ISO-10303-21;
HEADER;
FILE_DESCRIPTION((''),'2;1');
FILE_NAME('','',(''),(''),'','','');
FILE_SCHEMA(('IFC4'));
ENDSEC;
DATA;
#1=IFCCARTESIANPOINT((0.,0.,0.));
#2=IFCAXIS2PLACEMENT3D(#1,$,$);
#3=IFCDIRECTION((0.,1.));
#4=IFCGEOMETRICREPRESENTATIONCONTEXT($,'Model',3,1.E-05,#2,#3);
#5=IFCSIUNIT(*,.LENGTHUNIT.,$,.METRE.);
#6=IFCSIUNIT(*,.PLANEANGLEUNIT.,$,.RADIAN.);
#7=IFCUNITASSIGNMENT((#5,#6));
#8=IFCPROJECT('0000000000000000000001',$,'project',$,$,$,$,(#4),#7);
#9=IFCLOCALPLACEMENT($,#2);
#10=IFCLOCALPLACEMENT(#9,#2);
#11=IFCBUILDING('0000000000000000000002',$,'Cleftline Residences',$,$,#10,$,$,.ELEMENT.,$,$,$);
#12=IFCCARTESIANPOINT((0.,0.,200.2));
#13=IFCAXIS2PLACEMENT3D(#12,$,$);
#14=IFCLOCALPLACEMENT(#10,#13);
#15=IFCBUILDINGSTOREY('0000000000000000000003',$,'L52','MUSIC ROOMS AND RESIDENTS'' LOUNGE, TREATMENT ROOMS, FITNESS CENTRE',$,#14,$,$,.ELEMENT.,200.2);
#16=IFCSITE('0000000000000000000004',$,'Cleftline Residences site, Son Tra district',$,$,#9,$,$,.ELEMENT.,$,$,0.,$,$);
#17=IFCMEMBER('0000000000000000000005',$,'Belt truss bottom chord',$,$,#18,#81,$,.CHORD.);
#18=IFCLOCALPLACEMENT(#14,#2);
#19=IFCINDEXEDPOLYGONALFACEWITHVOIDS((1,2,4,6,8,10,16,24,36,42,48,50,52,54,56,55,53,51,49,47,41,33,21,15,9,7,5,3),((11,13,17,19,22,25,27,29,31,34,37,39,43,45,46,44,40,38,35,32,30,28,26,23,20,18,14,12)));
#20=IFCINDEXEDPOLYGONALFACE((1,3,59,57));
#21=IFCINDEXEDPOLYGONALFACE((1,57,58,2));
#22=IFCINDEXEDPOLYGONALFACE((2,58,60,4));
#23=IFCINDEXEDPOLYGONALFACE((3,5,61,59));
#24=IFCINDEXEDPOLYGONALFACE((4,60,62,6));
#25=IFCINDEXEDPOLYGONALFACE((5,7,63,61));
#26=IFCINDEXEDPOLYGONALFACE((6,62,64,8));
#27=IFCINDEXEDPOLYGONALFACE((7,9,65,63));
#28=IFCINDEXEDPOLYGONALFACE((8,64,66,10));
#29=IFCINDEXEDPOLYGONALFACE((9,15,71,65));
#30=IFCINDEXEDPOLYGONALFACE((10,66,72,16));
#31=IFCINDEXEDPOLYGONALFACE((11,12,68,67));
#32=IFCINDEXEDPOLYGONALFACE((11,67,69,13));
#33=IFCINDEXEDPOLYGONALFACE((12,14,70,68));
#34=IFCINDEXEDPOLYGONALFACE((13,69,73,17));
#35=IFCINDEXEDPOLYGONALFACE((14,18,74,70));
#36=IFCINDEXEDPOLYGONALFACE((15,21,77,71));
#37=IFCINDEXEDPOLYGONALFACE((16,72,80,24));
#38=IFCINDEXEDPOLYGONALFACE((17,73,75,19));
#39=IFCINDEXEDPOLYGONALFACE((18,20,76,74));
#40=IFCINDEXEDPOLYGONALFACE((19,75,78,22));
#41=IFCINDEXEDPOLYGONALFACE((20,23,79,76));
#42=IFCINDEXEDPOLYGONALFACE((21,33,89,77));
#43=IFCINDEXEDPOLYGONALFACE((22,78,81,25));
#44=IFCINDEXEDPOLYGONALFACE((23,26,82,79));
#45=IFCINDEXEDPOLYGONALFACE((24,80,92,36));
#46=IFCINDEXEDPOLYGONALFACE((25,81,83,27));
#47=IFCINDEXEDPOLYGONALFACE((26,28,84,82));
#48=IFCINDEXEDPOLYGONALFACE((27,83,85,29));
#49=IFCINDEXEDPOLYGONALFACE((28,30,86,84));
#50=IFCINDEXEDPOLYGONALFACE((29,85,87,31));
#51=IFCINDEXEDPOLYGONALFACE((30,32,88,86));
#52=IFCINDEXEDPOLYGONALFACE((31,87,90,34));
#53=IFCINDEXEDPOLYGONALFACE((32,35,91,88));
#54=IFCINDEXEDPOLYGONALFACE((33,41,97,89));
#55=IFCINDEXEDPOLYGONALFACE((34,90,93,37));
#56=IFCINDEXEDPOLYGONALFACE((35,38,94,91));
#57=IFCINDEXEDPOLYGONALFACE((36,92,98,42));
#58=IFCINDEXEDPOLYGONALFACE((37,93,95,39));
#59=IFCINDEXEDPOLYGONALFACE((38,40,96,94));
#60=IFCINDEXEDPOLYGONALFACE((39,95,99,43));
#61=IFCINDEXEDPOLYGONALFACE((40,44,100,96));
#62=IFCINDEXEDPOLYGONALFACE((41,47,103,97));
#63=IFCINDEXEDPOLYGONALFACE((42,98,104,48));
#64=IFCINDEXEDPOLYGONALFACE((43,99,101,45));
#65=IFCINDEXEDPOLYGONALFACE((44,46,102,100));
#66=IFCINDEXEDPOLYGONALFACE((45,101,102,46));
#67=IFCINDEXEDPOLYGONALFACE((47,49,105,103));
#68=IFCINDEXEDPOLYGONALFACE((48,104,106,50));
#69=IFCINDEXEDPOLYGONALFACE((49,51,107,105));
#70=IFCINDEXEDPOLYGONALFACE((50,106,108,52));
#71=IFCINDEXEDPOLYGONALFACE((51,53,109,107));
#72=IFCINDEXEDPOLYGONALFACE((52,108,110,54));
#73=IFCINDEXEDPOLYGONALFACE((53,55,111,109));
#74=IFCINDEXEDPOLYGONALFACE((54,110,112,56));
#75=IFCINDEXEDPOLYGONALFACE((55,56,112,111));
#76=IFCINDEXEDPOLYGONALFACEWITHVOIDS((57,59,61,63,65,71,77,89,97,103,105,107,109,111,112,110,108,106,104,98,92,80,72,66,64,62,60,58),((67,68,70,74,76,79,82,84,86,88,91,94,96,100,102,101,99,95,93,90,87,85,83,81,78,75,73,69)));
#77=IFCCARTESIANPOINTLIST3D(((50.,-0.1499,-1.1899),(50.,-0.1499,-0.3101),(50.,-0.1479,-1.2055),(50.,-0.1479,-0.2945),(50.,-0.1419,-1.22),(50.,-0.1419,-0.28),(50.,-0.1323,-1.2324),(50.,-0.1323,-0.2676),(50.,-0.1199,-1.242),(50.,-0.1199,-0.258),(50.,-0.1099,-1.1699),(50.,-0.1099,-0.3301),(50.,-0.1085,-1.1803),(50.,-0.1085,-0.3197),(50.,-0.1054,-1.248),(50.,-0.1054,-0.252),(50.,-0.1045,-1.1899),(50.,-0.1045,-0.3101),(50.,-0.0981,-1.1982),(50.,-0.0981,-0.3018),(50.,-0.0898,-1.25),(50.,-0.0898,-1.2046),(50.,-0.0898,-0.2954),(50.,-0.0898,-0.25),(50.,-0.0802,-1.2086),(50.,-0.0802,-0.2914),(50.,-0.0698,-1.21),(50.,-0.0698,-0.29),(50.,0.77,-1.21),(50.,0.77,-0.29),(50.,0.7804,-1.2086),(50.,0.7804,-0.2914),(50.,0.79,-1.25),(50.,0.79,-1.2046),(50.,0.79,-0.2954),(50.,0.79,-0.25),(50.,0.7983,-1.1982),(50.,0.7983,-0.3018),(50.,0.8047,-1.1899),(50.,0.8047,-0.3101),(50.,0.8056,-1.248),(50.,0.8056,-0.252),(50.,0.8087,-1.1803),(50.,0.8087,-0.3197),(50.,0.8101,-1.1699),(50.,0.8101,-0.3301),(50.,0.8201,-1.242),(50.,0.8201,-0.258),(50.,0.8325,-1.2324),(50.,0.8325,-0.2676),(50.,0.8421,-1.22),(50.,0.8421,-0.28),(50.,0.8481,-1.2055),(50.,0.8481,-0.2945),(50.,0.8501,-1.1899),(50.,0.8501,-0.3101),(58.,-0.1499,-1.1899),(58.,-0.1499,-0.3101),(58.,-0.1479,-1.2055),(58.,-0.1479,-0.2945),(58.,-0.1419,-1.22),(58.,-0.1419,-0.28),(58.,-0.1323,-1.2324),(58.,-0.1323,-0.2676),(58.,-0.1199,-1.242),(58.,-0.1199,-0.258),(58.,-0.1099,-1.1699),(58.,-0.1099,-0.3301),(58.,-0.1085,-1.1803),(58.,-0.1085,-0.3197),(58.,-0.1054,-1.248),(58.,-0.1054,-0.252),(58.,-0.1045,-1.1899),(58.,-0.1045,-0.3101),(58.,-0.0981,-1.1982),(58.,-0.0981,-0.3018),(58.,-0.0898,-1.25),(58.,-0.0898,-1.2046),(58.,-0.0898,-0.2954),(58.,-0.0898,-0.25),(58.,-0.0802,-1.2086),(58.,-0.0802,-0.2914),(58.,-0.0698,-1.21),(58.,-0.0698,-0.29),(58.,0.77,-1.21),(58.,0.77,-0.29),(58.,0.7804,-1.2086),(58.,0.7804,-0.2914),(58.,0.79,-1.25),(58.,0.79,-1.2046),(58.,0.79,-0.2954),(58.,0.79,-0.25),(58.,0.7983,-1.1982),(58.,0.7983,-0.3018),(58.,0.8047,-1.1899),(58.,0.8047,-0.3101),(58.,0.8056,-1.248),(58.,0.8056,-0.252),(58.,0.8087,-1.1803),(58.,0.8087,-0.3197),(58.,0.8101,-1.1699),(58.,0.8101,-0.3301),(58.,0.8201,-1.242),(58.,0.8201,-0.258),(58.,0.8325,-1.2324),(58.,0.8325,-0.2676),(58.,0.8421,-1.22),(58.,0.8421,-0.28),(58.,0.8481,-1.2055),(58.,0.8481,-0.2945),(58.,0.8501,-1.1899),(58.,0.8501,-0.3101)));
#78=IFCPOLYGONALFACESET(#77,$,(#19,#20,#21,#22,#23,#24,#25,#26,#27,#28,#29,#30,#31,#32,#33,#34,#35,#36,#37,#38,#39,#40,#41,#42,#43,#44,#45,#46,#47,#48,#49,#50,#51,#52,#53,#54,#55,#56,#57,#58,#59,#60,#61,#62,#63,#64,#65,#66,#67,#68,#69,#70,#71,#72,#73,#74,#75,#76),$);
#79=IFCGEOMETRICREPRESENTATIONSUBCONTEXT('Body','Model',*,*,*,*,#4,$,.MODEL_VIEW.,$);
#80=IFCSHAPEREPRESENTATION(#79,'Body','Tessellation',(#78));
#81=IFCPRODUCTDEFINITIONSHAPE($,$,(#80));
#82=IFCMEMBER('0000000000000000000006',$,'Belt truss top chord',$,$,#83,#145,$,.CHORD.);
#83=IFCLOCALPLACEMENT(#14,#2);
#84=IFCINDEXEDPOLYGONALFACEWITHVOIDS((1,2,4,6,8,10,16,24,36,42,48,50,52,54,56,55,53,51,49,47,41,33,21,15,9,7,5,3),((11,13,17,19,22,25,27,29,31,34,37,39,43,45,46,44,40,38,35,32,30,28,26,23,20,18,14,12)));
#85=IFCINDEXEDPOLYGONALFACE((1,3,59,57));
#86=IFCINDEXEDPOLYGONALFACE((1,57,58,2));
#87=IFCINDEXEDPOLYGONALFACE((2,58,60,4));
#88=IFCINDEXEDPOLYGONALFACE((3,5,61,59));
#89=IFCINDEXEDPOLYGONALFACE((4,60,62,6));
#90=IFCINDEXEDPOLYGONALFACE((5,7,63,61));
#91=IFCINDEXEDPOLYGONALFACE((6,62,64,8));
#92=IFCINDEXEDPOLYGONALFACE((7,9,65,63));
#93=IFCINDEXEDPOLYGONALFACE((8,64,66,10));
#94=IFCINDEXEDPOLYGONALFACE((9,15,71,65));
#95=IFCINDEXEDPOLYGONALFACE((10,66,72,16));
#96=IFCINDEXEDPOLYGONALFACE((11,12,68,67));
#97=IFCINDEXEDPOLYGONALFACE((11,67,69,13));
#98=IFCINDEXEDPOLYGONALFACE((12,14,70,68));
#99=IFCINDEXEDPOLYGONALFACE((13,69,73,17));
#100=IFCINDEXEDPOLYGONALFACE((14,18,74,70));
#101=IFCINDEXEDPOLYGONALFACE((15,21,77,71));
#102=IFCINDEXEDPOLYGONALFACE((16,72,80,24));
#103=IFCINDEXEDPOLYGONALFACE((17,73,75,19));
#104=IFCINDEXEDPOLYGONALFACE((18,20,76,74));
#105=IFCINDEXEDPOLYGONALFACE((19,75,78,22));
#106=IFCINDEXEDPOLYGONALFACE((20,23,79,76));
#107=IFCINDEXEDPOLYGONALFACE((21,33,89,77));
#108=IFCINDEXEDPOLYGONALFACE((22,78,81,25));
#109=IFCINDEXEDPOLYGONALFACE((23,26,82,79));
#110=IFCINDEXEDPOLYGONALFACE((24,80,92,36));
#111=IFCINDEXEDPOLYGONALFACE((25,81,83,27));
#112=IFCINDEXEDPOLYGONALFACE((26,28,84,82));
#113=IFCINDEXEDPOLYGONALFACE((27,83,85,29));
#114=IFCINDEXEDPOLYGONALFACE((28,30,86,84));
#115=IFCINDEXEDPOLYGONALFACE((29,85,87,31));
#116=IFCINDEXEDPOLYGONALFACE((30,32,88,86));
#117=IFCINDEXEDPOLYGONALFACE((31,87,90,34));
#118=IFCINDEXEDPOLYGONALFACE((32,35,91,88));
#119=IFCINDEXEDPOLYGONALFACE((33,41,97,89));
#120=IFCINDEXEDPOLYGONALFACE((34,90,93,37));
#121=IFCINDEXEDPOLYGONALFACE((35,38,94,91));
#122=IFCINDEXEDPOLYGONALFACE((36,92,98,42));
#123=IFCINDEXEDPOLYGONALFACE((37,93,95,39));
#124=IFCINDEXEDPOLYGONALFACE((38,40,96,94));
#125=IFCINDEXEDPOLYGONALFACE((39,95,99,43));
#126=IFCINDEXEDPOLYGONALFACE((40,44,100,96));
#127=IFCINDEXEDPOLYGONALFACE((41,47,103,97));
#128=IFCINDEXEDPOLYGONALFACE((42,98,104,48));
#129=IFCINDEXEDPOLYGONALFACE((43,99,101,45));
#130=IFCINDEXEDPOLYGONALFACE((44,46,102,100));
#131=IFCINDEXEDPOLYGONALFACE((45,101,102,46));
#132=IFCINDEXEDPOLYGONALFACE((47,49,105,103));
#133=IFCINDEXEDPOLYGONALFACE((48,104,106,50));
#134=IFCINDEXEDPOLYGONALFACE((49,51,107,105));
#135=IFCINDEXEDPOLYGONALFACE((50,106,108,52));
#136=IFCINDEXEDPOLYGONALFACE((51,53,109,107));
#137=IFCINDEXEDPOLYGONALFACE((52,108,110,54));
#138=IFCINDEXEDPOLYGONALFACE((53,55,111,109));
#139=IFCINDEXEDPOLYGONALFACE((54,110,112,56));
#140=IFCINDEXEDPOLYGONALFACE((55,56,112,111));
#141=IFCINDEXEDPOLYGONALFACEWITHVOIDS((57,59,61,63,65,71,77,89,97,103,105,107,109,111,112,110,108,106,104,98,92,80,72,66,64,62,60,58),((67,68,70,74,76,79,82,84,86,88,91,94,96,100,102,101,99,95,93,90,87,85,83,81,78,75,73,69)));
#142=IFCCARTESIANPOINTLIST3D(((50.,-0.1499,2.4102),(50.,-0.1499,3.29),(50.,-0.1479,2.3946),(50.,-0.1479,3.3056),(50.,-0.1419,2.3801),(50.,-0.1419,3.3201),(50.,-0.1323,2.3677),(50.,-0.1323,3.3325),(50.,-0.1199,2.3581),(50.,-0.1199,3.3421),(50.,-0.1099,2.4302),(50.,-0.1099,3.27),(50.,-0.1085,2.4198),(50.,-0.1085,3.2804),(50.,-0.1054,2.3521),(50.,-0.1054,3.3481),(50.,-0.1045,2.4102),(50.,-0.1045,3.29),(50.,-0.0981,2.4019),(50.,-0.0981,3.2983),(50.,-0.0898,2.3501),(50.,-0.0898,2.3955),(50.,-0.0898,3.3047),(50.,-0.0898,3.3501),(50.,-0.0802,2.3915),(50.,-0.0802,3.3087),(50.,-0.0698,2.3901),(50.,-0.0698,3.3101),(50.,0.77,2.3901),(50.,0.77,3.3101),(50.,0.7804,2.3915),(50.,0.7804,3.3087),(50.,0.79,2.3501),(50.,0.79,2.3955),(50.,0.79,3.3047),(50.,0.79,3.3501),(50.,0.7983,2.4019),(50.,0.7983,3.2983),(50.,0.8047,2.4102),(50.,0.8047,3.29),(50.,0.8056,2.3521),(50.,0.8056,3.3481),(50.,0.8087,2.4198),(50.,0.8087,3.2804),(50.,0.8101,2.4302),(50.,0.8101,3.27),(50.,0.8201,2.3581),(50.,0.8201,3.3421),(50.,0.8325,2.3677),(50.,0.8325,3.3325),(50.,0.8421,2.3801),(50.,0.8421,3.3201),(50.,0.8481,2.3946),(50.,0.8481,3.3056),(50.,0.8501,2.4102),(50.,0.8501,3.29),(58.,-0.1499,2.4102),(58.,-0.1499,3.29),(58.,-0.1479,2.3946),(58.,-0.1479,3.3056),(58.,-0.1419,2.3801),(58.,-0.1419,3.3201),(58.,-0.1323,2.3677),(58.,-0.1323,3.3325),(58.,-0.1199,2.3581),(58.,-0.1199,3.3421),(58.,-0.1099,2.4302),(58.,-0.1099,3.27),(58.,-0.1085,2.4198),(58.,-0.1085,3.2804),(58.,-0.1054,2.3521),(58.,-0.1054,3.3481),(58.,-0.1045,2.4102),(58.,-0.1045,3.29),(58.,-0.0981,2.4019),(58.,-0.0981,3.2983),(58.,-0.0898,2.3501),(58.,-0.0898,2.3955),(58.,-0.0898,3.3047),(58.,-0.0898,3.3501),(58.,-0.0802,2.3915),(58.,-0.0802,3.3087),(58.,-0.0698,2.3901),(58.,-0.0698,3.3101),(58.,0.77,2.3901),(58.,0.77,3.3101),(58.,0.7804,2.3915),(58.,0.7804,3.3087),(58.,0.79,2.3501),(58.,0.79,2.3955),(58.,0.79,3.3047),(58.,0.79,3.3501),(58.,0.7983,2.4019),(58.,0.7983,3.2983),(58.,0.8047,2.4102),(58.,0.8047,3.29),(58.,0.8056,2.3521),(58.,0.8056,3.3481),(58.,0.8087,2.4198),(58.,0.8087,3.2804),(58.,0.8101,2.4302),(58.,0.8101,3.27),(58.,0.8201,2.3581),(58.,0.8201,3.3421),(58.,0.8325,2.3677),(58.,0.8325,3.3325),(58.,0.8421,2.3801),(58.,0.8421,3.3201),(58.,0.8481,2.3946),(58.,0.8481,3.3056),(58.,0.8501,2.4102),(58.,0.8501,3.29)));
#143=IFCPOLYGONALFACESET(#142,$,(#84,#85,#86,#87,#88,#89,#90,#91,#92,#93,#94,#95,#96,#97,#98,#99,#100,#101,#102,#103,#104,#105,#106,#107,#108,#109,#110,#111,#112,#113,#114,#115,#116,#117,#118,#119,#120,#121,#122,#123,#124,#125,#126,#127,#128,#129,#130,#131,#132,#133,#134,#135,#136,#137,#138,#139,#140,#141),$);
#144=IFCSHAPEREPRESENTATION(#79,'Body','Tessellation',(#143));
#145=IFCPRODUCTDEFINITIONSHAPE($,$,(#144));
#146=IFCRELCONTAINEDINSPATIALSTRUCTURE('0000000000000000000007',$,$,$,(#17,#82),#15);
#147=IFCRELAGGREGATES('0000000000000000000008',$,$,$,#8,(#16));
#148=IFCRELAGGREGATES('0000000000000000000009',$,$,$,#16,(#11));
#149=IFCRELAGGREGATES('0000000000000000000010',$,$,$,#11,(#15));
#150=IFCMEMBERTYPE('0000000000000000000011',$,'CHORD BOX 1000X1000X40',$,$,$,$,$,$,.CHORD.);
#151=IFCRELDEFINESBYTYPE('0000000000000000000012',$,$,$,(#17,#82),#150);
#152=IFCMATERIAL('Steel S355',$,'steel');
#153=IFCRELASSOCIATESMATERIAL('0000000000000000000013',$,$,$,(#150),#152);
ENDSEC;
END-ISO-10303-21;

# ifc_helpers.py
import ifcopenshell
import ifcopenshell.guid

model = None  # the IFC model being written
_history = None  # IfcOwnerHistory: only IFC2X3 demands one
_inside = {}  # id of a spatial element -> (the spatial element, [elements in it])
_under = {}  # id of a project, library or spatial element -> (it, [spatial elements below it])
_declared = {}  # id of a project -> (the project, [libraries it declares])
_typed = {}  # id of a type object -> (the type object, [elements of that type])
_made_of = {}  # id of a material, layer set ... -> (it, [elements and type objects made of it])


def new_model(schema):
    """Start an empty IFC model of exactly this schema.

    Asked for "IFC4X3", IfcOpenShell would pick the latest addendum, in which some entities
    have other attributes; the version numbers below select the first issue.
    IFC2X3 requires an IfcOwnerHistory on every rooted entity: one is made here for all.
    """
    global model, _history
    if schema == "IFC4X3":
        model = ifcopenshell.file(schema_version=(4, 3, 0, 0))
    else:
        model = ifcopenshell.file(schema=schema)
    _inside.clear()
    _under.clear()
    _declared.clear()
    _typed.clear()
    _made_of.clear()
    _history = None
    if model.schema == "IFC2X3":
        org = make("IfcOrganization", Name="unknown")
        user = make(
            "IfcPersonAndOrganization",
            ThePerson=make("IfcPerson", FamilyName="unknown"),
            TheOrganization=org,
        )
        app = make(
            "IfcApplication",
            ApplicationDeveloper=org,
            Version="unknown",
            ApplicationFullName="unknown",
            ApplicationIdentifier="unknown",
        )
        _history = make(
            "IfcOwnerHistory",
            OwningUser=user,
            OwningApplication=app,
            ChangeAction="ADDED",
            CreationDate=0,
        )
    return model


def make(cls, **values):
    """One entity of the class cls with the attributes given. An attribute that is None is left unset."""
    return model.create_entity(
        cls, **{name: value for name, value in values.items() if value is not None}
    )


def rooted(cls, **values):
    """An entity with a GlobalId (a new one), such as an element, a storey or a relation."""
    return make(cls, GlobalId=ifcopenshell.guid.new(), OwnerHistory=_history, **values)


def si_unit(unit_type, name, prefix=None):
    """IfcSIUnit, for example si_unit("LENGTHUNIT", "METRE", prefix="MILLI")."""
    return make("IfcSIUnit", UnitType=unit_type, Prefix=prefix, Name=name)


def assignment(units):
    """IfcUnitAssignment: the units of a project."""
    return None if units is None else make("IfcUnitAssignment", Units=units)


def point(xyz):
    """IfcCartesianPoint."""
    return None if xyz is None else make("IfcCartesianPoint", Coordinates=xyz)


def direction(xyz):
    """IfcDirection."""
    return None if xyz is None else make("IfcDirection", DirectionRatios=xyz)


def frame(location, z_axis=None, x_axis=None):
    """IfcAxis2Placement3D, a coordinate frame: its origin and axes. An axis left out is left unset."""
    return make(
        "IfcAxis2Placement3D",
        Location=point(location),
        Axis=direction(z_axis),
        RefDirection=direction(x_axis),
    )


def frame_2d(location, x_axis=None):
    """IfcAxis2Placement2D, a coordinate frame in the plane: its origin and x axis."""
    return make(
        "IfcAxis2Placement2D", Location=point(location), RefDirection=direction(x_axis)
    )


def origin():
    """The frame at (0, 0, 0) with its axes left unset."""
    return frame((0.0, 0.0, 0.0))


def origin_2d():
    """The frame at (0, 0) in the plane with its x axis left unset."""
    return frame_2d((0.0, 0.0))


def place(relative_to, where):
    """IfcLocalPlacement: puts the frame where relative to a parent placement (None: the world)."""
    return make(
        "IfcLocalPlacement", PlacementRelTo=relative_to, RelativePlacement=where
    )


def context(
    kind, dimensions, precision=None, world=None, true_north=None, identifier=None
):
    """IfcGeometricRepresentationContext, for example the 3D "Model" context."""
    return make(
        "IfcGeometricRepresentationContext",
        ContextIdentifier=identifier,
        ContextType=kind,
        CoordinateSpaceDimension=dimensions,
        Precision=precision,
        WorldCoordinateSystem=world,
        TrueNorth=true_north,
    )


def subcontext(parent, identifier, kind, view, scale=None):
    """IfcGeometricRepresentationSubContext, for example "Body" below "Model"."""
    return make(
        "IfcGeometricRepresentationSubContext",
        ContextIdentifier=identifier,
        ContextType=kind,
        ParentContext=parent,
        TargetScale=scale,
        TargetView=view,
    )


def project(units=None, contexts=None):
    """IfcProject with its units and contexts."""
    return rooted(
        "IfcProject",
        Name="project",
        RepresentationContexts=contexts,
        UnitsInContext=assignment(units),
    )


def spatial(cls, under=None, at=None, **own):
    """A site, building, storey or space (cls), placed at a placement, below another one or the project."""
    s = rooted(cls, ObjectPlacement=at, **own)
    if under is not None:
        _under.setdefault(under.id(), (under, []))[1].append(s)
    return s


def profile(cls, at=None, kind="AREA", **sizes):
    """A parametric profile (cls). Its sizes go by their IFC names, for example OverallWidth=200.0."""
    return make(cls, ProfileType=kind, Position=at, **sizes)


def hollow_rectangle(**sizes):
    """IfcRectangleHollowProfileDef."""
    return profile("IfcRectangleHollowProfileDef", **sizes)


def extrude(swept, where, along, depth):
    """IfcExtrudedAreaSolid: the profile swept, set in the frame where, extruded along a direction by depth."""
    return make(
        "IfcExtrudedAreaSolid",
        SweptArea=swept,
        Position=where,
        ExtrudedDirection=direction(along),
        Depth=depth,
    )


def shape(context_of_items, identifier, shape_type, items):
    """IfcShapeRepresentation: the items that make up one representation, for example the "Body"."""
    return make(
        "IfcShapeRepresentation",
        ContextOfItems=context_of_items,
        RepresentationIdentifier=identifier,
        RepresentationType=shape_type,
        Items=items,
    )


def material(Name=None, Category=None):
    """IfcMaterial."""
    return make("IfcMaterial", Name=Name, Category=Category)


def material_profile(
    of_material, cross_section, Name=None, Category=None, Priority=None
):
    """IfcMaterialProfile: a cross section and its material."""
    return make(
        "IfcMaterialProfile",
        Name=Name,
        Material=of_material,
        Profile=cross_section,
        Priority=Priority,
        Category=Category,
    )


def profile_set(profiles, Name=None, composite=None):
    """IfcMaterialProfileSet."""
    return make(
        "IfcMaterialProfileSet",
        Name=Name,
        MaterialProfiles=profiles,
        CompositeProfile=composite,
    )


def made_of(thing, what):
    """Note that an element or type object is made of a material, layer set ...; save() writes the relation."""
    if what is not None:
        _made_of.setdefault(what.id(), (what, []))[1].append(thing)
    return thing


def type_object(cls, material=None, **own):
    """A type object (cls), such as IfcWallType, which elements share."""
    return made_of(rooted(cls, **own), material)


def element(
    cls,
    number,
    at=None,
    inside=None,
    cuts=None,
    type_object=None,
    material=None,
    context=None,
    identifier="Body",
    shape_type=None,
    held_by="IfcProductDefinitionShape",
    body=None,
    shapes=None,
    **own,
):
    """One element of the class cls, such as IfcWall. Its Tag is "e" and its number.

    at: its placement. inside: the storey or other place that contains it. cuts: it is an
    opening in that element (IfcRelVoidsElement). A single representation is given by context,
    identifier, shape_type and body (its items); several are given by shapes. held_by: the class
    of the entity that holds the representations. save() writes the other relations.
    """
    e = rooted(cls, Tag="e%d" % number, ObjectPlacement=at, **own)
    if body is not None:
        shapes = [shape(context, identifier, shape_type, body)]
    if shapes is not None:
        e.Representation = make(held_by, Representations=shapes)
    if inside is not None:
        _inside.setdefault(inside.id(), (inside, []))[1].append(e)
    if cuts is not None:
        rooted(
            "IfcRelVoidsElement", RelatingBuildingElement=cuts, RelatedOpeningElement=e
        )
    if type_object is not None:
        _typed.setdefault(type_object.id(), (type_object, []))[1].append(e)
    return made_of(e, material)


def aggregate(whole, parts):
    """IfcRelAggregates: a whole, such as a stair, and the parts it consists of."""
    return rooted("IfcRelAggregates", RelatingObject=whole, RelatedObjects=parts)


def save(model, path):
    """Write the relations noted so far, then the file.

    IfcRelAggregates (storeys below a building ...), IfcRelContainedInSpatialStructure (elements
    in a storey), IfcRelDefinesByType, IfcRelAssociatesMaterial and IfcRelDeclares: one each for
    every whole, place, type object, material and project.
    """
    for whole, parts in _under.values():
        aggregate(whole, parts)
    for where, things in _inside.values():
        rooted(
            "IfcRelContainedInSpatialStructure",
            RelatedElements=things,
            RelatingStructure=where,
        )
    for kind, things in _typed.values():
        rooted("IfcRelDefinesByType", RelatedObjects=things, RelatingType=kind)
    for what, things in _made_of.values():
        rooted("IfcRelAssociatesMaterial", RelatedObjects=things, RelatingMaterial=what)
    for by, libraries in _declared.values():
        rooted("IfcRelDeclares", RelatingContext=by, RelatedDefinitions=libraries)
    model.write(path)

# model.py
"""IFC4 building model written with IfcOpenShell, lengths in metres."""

from ifc_helpers import new_model, si_unit, direction, frame, origin, origin_2d, place, context, subcontext, project, spatial, hollow_rectangle, extrude, material, material_profile, profile_set, type_object, element, save


model = new_model("IFC4")

# Units and contexts
model_context = context("Model", 3, precision=1e-05, world=origin(), true_north=direction((0.0, 1.0)))
body_context = subcontext(model_context, "Body", "Model", "MODEL_VIEW")
ifc_project = project(units=[si_unit("LENGTHUNIT", "METRE"), si_unit("PLANEANGLEUNIT", "RADIAN")], contexts=[model_context])

# Site, building, storey
site_placement = place(None, origin())
site = spatial("IfcSite", under=ifc_project, at=site_placement, Name="Cleftline Residences site, Son Tra district", CompositionType="ELEMENT", RefElevation=0.0)
building_placement = place(site_placement, origin())
building = spatial("IfcBuilding", under=site, at=building_placement, Name="Cleftline Residences", CompositionType="ELEMENT")
storey_placement = place(building_placement, frame((0.0, 0.0, 200.2)))
storey = spatial("IfcBuildingStorey", under=building, at=storey_placement, Name="L52", Description="MUSIC ROOMS AND RESIDENTS' LOUNGE, TREATMENT ROOMS, FITNESS CENTRE", CompositionType="ELEMENT", Elevation=200.2)

# Members
ifc_material_1 = material(Name="Steel S355", Category="steel")
ifc_material_profile_1 = material_profile(ifc_material_1, hollow_rectangle(XDim=1.0, YDim=1.0, WallThickness=0.04, InnerFilletRadius=0.04, OuterFilletRadius=0.0601, at=origin_2d()))
ifc_profile_set_1 = profile_set([ifc_material_profile_1], Name="Steel S355")
member_type_1 = type_object("IfcMemberType", Name="CHORD BOX 1000X1000X40", PredefinedType="CHORD", material=ifc_profile_set_1)
for number, where, z_axis, x_axis, name in (
    (1, (50.0, 0.3501, -0.75), (1.0, 0.0, 0.0), (0.0, 1.0, 0.0), "Belt truss bottom chord"),
    (2, (50.0, 0.3501, 2.8501), (1.0, 0.0, 0.0), (0.0, 1.0, 0.0), "Belt truss top chord"),
):
    element("IfcMember", number, at=place(storey_placement, frame(where, z_axis=z_axis, x_axis=x_axis)), inside=storey, type_object=member_type_1, Name=name, PredefinedType="CHORD", context=body_context, shape_type="SweptSolid", body=[
        extrude(hollow_rectangle(XDim=1.0, YDim=1.0, WallThickness=0.04, InnerFilletRadius=0.04, OuterFilletRadius=0.0601, at=origin_2d()), origin(), (0.0, 0.0, 1.0), 8.0),
    ])

save(model, "model.ifc")
